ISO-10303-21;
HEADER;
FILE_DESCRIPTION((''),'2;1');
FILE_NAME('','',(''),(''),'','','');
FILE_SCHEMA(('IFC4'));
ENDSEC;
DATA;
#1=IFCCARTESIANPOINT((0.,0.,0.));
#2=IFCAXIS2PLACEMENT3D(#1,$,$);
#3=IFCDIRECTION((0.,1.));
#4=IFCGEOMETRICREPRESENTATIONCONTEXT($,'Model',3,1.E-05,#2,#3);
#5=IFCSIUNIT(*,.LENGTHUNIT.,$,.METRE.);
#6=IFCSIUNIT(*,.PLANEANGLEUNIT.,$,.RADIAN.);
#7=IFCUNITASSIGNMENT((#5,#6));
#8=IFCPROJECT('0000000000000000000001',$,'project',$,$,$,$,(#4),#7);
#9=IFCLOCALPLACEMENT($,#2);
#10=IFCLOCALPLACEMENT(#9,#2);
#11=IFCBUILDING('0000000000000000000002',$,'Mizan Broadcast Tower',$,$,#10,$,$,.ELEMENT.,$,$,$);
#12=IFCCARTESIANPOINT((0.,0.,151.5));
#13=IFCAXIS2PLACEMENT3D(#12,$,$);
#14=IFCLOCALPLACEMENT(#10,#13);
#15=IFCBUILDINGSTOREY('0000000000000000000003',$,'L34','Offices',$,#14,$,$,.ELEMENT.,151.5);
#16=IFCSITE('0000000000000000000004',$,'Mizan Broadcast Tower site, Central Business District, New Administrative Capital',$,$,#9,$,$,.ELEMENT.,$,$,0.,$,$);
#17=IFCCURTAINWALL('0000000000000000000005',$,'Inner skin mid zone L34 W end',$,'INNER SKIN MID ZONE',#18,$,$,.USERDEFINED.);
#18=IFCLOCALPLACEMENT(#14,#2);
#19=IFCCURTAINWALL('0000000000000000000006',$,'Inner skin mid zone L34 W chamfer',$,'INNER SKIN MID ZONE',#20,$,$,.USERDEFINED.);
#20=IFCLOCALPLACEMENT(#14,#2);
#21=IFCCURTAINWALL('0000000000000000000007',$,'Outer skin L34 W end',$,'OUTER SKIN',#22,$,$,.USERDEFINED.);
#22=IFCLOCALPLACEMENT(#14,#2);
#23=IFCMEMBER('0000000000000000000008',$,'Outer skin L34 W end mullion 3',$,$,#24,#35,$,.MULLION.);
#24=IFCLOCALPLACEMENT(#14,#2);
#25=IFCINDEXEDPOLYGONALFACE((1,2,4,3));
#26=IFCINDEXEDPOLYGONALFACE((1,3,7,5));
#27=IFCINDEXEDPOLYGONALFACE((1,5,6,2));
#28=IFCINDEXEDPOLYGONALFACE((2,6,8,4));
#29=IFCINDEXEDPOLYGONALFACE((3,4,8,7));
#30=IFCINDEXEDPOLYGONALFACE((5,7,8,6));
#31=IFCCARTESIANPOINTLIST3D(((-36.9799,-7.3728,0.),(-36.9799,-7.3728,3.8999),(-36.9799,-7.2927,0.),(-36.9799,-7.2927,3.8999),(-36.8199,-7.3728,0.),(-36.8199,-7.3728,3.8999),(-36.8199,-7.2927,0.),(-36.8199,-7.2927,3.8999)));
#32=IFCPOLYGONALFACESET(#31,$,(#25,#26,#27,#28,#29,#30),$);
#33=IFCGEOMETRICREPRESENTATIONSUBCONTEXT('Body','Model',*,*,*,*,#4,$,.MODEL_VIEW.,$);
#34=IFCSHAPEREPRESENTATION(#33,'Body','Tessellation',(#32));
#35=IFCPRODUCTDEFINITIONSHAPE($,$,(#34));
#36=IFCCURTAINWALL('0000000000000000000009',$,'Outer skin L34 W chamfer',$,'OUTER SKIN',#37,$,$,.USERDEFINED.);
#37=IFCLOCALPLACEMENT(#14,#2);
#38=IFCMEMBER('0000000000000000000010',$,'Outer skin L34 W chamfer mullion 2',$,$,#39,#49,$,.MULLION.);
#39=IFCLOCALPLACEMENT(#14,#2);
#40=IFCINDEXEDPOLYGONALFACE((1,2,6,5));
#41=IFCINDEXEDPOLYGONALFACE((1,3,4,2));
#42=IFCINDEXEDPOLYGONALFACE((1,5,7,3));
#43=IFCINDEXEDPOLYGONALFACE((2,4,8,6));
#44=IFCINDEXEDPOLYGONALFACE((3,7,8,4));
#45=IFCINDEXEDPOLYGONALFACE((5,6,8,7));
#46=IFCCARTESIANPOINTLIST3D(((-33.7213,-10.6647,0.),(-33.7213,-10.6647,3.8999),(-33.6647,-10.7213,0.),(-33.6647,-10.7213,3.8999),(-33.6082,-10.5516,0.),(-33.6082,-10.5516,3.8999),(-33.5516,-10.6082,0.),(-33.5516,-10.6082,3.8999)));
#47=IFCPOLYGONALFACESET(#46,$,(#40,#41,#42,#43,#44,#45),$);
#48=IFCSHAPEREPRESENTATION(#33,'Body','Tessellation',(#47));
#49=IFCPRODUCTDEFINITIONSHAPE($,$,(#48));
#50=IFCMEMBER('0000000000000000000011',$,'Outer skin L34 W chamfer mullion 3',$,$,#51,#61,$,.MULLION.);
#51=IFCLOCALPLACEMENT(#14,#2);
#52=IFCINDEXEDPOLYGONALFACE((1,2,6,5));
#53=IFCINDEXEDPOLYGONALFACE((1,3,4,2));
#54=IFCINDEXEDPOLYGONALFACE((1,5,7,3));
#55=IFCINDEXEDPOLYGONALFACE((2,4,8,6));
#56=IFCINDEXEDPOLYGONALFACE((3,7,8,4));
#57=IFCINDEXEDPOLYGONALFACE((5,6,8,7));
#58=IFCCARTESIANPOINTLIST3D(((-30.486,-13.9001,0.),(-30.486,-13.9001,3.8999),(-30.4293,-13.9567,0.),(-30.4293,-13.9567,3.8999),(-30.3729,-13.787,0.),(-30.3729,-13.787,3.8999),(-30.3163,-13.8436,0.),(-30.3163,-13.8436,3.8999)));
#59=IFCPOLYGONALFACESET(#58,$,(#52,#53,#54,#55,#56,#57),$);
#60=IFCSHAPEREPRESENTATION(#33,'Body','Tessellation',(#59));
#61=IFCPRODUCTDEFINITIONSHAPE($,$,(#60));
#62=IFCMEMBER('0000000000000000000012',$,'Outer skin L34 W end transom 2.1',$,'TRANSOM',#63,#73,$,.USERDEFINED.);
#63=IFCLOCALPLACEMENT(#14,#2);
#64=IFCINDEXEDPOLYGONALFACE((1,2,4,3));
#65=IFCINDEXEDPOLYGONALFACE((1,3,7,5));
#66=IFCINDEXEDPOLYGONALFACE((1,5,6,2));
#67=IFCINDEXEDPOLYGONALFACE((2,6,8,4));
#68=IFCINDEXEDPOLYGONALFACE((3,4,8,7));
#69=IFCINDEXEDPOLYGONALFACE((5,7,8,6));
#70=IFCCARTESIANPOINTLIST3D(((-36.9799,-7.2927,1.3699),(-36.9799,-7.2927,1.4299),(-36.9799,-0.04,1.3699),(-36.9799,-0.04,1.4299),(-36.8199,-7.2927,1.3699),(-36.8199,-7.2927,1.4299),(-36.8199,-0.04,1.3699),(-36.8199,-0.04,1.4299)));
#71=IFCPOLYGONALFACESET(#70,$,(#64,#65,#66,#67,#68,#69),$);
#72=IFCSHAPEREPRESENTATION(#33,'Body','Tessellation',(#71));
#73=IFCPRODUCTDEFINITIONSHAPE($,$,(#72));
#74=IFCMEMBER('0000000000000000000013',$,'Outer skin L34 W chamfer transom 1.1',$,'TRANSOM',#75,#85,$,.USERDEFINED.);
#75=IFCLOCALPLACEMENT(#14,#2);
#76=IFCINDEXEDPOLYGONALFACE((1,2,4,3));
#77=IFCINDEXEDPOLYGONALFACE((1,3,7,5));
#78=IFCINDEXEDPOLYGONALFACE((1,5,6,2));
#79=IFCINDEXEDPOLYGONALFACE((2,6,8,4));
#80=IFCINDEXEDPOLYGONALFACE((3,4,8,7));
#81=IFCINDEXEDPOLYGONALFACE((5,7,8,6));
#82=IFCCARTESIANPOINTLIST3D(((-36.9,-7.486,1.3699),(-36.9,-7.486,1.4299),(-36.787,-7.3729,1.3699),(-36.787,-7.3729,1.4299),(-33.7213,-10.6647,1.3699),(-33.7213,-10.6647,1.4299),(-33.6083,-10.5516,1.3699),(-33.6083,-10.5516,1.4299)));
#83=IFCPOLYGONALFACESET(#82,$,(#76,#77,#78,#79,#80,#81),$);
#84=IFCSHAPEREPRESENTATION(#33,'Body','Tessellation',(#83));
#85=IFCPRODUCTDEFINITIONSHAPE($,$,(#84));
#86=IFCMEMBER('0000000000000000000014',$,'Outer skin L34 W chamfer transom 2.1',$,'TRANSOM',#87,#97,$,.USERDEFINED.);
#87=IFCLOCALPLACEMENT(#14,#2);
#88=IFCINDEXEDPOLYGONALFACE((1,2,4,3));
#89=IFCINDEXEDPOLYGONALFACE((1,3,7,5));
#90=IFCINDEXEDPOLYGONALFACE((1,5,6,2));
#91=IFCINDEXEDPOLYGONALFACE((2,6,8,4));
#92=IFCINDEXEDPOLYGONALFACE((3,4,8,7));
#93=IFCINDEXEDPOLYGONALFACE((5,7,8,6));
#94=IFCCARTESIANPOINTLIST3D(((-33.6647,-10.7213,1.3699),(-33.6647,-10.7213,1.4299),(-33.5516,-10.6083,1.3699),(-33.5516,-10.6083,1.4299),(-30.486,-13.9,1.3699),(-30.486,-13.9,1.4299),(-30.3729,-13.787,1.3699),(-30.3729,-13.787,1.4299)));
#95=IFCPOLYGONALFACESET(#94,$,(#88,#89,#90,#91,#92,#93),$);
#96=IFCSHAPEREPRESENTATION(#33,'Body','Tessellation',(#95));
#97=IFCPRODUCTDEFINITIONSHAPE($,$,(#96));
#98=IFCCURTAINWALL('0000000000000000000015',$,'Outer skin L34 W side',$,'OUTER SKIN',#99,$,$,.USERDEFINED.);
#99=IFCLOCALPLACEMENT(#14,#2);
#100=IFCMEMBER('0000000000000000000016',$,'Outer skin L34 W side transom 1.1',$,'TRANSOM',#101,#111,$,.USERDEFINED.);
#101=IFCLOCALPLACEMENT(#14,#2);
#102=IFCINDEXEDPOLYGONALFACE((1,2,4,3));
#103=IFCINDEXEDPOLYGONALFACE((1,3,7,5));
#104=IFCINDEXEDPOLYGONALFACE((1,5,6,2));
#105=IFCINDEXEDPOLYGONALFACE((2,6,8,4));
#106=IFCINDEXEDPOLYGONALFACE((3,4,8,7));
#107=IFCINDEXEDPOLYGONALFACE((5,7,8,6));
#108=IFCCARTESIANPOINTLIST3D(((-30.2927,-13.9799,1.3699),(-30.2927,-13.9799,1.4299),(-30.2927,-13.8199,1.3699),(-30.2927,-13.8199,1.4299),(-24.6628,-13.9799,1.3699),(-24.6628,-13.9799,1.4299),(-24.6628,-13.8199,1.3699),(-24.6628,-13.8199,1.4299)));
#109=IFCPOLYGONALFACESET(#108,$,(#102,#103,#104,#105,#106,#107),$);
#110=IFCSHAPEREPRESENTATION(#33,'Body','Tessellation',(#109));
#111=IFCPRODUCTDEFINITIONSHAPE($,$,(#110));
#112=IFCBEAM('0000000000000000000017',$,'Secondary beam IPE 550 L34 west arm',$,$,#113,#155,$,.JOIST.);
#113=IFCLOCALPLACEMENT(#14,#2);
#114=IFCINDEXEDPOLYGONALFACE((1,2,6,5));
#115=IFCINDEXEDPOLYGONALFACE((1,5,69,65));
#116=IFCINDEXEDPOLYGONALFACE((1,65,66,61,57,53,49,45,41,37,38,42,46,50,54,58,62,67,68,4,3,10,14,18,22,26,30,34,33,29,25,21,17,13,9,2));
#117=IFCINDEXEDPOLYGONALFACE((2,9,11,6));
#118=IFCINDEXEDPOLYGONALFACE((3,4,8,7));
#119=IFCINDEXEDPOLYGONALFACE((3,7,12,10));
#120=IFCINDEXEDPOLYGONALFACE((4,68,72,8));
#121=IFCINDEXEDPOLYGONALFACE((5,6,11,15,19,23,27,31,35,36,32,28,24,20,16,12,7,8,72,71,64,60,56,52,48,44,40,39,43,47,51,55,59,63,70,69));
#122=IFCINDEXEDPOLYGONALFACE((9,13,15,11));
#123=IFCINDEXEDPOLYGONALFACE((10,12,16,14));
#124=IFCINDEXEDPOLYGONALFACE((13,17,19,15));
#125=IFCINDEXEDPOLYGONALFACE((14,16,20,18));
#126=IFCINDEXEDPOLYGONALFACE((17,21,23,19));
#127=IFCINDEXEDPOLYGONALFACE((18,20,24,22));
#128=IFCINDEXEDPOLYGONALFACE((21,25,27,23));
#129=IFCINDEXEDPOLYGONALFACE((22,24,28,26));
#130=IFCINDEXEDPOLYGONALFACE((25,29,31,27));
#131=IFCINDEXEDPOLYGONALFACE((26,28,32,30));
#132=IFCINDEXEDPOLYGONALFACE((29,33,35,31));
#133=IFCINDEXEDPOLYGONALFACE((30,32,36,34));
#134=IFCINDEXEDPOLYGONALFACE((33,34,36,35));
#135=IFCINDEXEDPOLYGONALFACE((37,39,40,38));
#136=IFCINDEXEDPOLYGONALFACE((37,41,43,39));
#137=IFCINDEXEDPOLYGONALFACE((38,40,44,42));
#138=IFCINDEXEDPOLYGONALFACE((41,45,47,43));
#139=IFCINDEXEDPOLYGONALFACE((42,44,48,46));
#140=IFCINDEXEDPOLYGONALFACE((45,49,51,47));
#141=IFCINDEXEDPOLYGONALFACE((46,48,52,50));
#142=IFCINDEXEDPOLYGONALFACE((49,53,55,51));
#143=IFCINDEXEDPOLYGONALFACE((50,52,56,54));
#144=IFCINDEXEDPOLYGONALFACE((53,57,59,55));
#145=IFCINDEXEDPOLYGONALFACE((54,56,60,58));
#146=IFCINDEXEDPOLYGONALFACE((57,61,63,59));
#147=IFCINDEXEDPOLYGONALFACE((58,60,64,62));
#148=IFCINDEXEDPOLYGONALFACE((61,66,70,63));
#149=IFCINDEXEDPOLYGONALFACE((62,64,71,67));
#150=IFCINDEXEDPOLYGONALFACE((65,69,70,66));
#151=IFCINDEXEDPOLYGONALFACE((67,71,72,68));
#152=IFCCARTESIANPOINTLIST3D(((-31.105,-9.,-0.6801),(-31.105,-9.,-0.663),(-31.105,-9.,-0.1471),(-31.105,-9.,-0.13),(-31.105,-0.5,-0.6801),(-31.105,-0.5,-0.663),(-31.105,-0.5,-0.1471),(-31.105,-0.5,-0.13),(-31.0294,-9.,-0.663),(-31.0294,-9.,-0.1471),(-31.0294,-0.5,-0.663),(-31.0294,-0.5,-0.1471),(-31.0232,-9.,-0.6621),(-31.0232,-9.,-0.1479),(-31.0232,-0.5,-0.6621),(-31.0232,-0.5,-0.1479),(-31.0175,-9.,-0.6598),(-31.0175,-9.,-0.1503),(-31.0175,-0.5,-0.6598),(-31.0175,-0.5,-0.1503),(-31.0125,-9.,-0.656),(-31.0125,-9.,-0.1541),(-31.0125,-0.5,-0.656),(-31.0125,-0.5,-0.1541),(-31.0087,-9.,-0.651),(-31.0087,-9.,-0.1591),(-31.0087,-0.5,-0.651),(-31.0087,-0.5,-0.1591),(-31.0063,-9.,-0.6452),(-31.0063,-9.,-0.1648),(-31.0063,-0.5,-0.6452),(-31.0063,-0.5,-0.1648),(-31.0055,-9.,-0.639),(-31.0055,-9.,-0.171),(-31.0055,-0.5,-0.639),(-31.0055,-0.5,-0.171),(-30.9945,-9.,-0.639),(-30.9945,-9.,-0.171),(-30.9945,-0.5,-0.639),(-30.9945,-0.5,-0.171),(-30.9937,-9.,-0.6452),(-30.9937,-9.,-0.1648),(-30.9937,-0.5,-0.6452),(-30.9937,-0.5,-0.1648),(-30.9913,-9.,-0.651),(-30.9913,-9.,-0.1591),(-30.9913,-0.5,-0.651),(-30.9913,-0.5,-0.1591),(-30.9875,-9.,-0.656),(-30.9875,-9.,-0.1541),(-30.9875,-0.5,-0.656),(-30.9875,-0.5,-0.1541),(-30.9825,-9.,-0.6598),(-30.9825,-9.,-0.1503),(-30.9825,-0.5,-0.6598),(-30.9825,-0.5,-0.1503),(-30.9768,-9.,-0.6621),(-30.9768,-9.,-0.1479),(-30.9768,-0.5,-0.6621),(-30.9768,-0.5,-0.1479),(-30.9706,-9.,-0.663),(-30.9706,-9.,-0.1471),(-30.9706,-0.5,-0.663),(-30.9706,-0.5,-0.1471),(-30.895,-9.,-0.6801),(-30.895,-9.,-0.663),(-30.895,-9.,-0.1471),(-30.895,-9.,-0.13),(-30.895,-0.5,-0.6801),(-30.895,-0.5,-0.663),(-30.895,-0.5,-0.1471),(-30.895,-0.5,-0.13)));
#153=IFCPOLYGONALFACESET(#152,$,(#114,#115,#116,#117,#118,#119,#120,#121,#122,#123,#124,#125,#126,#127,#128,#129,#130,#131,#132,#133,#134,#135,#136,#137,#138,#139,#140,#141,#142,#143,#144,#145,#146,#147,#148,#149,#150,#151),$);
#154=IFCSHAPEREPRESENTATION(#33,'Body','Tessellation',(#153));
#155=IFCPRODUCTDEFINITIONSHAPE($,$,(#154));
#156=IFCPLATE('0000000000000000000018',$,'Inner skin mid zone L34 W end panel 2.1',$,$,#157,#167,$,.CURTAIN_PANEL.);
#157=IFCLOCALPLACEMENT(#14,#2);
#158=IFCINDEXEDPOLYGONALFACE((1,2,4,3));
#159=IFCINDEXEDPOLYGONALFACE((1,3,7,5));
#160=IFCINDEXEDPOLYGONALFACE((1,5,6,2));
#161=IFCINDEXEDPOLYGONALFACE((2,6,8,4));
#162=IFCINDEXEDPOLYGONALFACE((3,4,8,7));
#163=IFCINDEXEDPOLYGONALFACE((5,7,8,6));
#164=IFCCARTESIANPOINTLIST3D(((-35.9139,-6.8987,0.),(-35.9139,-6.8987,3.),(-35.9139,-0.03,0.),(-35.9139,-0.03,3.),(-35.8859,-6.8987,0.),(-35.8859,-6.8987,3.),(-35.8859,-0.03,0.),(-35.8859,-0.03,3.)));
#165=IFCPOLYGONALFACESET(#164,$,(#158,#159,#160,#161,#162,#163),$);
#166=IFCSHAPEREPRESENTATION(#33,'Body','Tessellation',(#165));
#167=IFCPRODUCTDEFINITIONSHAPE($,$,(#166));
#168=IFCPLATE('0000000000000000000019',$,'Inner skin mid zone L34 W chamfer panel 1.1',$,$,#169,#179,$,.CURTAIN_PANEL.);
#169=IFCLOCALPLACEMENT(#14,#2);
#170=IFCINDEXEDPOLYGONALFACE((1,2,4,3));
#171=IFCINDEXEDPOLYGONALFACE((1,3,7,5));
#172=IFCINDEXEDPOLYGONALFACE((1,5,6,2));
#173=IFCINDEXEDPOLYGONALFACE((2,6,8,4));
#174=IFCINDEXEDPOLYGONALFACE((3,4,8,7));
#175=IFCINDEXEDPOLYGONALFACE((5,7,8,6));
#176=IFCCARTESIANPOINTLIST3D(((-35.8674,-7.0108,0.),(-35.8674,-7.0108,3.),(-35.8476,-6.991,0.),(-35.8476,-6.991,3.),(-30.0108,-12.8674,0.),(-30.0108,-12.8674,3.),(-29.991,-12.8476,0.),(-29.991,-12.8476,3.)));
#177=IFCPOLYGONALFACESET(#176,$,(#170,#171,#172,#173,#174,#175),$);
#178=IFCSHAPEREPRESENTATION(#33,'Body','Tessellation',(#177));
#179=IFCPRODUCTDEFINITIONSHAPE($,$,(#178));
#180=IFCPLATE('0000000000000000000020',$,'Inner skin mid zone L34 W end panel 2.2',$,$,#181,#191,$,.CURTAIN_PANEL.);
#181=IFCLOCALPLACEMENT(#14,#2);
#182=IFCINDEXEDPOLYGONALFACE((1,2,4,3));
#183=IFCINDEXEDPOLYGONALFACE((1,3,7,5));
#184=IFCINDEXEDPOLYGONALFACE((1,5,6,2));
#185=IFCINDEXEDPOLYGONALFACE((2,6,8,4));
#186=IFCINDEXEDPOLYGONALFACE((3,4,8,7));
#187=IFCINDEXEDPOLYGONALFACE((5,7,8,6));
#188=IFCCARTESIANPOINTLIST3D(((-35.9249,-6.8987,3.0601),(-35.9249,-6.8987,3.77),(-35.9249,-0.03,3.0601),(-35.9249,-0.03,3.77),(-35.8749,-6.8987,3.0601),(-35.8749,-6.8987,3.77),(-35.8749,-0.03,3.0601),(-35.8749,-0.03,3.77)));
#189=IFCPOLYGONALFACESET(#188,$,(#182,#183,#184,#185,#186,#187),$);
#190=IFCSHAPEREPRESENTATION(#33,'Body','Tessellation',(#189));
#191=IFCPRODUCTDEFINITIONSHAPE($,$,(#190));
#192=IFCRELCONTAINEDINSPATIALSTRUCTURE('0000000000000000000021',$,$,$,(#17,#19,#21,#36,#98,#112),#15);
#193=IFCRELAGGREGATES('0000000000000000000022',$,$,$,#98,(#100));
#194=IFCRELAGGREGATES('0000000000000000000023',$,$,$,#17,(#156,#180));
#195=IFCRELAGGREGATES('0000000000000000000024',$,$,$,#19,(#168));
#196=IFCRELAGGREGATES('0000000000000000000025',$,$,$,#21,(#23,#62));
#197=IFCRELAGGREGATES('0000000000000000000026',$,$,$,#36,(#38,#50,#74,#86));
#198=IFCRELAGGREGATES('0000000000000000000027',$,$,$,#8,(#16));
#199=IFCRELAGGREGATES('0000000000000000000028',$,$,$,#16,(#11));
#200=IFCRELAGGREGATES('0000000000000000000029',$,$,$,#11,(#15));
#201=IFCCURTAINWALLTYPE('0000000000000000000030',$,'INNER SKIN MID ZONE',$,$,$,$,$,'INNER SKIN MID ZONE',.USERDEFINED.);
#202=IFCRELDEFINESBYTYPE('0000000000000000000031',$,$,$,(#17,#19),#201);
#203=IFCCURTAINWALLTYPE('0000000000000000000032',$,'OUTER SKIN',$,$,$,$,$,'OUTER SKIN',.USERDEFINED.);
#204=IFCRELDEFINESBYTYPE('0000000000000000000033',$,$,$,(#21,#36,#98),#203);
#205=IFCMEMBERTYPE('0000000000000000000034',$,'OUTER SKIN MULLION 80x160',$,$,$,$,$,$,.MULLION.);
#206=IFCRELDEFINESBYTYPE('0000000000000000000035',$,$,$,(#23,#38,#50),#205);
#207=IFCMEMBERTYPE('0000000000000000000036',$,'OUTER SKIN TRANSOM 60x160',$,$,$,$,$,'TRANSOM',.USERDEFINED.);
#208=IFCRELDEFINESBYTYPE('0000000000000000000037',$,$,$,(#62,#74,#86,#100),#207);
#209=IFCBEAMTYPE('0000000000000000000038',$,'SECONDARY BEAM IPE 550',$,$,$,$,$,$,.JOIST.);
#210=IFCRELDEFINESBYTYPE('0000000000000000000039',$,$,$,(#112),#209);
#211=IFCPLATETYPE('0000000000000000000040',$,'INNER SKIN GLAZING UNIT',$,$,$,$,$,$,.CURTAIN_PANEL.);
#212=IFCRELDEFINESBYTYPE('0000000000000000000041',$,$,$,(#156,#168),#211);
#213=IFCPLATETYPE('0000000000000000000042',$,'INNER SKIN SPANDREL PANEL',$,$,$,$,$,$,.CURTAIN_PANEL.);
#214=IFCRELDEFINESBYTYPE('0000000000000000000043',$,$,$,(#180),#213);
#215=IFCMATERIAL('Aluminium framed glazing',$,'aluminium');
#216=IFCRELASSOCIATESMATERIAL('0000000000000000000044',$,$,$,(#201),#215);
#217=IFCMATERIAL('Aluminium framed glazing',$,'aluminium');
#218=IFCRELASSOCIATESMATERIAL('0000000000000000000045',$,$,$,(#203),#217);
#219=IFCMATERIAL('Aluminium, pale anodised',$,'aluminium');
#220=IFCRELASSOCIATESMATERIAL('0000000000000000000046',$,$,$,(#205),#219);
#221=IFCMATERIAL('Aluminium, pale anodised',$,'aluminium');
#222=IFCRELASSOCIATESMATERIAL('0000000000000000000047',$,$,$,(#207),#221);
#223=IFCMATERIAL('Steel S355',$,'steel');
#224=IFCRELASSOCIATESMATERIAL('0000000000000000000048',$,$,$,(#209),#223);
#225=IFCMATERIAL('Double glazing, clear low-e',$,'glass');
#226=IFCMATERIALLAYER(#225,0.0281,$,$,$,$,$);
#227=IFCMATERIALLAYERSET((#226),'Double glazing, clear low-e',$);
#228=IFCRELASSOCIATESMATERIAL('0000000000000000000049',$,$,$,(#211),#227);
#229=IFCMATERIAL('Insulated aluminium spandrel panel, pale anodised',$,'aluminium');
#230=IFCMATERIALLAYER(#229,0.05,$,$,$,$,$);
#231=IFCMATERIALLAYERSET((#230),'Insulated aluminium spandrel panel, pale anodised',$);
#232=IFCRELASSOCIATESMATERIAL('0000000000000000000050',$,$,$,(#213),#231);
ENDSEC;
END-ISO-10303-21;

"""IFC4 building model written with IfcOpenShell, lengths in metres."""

from ifc_helpers import new_model, si_unit, direction, frame, origin, origin_2d, place, context, subcontext, project, spatial, rectangle, i_section, extrude, material, layer, layer_set, material_profile, profile_set, type_object, element, aggregate, save


model = new_model("IFC4")

# Units and contexts
model_context = context("Model", 3, precision=1e-05, world=origin(), true_north=direction((0.0, 1.0)))
body_context = subcontext(model_context, "Body", "Model", "MODEL_VIEW")
ifc_project = project(units=[si_unit("LENGTHUNIT", "METRE"), si_unit("PLANEANGLEUNIT", "RADIAN")], contexts=[model_context])

# Site, building, storey
site_placement = place(None, origin())
site = spatial("IfcSite", under=ifc_project, at=site_placement, Name="Mizan Broadcast Tower site, Central Business District, New Administrative Capital", CompositionType="ELEMENT", RefElevation=0.0)
building_placement = place(site_placement, origin())
building = spatial("IfcBuilding", under=site, at=building_placement, Name="Mizan Broadcast Tower", CompositionType="ELEMENT")
storey_placement = place(building_placement, frame((0.0, 0.0, 151.5)))
storey = spatial("IfcBuildingStorey", under=building, at=storey_placement, Name="L34", Description="Offices", CompositionType="ELEMENT", Elevation=151.5)

# Curtain wall
ifc_material_1 = material(Name="Aluminium framed glazing", Category="aluminium")
curtain_wall_type_1 = type_object("IfcCurtainWallType", Name="INNER SKIN MID ZONE", ElementType="INNER SKIN MID ZONE", PredefinedType="USERDEFINED", material=ifc_material_1)
curtain_wall_1_placement = place(storey_placement, origin())
curtain_wall_1 = element("IfcCurtainWall", 1, at=curtain_wall_1_placement, inside=storey, type_object=curtain_wall_type_1, Name="Inner skin mid zone L34 W end", ObjectType="INNER SKIN MID ZONE", PredefinedType="USERDEFINED")

# Curtain wall
curtain_wall_2_placement = place(storey_placement, origin())
curtain_wall_2 = element("IfcCurtainWall", 2, at=curtain_wall_2_placement, inside=storey, type_object=curtain_wall_type_1, Name="Inner skin mid zone L34 W chamfer", ObjectType="INNER SKIN MID ZONE", PredefinedType="USERDEFINED")

# Curtain walls, members
ifc_material_2 = material(Name="Aluminium framed glazing", Category="aluminium")
curtain_wall_type_2 = type_object("IfcCurtainWallType", Name="OUTER SKIN", ElementType="OUTER SKIN", PredefinedType="USERDEFINED", material=ifc_material_2)
curtain_wall_3_placement = place(storey_placement, origin())
curtain_wall_3 = element("IfcCurtainWall", 3, at=curtain_wall_3_placement, inside=storey, type_object=curtain_wall_type_2, Name="Outer skin L34 W end", ObjectType="OUTER SKIN", PredefinedType="USERDEFINED")
ifc_material_3 = material(Name="Aluminium, pale anodised", Category="aluminium")
ifc_material_profile_1 = material_profile(ifc_material_3, rectangle(XDim=0.1599, YDim=0.0801, at=origin_2d()), Name="MULLION 160x80")
ifc_profile_set_1 = profile_set([ifc_material_profile_1], Name="Aluminium, pale anodised")
member_type_1 = type_object("IfcMemberType", Name="OUTER SKIN MULLION 80x160", PredefinedType="MULLION", material=ifc_profile_set_1)
member_1_placement = place(storey_placement, frame((-36.8999, -7.3328, 0.0), z_axis=(0.0, 0.0, 1.0), x_axis=(1.0, 0.0, 0.0)))
member_1 = element("IfcMember", 4, at=member_1_placement, type_object=member_type_1, Name="Outer skin L34 W end mullion 3", PredefinedType="MULLION", context=body_context, shape_type="SweptSolid", body=[
    extrude(rectangle(XDim=0.1599, YDim=0.0801, at=origin_2d()), origin(), (0.0, 0.0, 1.0), 3.8999),
])
curtain_wall_4_placement = place(storey_placement, origin())
curtain_wall_4 = element("IfcCurtainWall", 5, at=curtain_wall_4_placement, inside=storey, type_object=curtain_wall_type_2, Name="Outer skin L34 W chamfer", ObjectType="OUTER SKIN", PredefinedType="USERDEFINED")
member_2_placement = place(storey_placement, frame((-33.6365, -10.6365, 0.0), z_axis=(0.0, 0.0, 1.0), x_axis=(0.707107, 0.707107, 0.0)))
member_2 = element("IfcMember", 6, at=member_2_placement, type_object=member_type_1, Name="Outer skin L34 W chamfer mullion 2", PredefinedType="MULLION", context=body_context, shape_type="SweptSolid", body=[
    extrude(rectangle(XDim=0.1599, YDim=0.0801, at=origin_2d()), origin(), (0.0, 0.0, 1.0), 3.8999),
])
member_3_placement = place(storey_placement, frame((-30.4011, -13.8718, 0.0), z_axis=(0.0, 0.0, 1.0), x_axis=(0.707107, 0.707107, 0.0)))
member_3 = element("IfcMember", 7, at=member_3_placement, type_object=member_type_1, Name="Outer skin L34 W chamfer mullion 3", PredefinedType="MULLION", context=body_context, shape_type="SweptSolid", body=[
    extrude(rectangle(XDim=0.1599, YDim=0.0801, at=origin_2d()), origin(), (0.0, 0.0, 1.0), 3.8999),
])

# Members
ifc_material_4 = material(Name="Aluminium, pale anodised", Category="aluminium")
ifc_material_profile_2 = material_profile(ifc_material_4, rectangle(XDim=0.1599, YDim=0.0601, at=origin_2d()), Name="TRANSOM 160x60")
ifc_profile_set_2 = profile_set([ifc_material_profile_2], Name="Aluminium, pale anodised")
member_type_2 = type_object("IfcMemberType", Name="OUTER SKIN TRANSOM 60x160", ElementType="TRANSOM", PredefinedType="USERDEFINED", material=ifc_profile_set_2)
member_4_placement = place(storey_placement, frame((-36.8999, -0.04, 1.3999), z_axis=(0.0, -1.0, 0.0), x_axis=(1.0, 0.0, 0.0)))
member_4 = element("IfcMember", 8, at=member_4_placement, type_object=member_type_2, Name="Outer skin L34 W end transom 2.1", ObjectType="TRANSOM", PredefinedType="USERDEFINED", context=body_context, shape_type="SweptSolid", body=[
    extrude(rectangle(XDim=0.1599, YDim=0.0601, at=origin_2d()), origin(), (0.0, 0.0, 1.0), 7.2527),
])
member_5_placement = place(storey_placement, frame((-36.8435, -7.4294, 1.3999), z_axis=(0.707107, -0.707107, 0.0), x_axis=(0.707107, 0.707107, 0.0)))
member_5 = element("IfcMember", 9, at=member_5_placement, type_object=member_type_2, Name="Outer skin L34 W chamfer transom 1.1", ObjectType="TRANSOM", PredefinedType="USERDEFINED", context=body_context, shape_type="SweptSolid", body=[
    extrude(rectangle(XDim=0.1599, YDim=0.0601, at=origin_2d()), origin(), (0.0, 0.0, 1.0), 4.4954),
])
member_6_placement = place(storey_placement, frame((-33.6082, -10.6648, 1.3999), z_axis=(0.707107, -0.707107, 0.0), x_axis=(0.707107, 0.707107, 0.0)))
member_6 = element("IfcMember", 10, at=member_6_placement, type_object=member_type_2, Name="Outer skin L34 W chamfer transom 2.1", ObjectType="TRANSOM", PredefinedType="USERDEFINED", context=body_context, shape_type="SweptSolid", body=[
    extrude(rectangle(XDim=0.1599, YDim=0.0601, at=origin_2d()), origin(), (0.0, 0.0, 1.0), 4.4954),
])

# Curtain wall, member
curtain_wall_5_placement = place(storey_placement, origin())
curtain_wall_5 = element("IfcCurtainWall", 11, at=curtain_wall_5_placement, inside=storey, type_object=curtain_wall_type_2, Name="Outer skin L34 W side", ObjectType="OUTER SKIN", PredefinedType="USERDEFINED")
member_7_placement = place(storey_placement, frame((-30.2927, -13.8999, 1.3999), z_axis=(1.0, 0.0, 0.0), x_axis=(0.0, 1.0, 0.0)))
member_7 = element("IfcMember", 12, at=member_7_placement, type_object=member_type_2, Name="Outer skin L34 W side transom 1.1", ObjectType="TRANSOM", PredefinedType="USERDEFINED", context=body_context, shape_type="SweptSolid", body=[
    extrude(rectangle(XDim=0.1599, YDim=0.0601, at=origin_2d()), origin(), (0.0, 0.0, 1.0), 5.6299),
])
aggregate(curtain_wall_5, [member_7])

# Beam
ifc_material_5 = material(Name="Steel S355", Category="steel")
ifc_material_profile_3 = material_profile(ifc_material_5, i_section(OverallWidth=0.21, OverallDepth=0.55, WebThickness=0.011, FlangeThickness=0.0171, FilletRadius=0.0239, at=origin_2d()), Name="IPE 550")
ifc_profile_set_3 = profile_set([ifc_material_profile_3], Name="Steel S355")
beam_type_1 = type_object("IfcBeamType", Name="SECONDARY BEAM IPE 550", PredefinedType="JOIST", material=ifc_profile_set_3)
beam_1_placement = place(storey_placement, frame((-31.0, -9.0, -0.405), z_axis=(0.0, 1.0, 0.0), x_axis=(-1.0, 0.0, 0.0)))
element("IfcBeam", 13, at=beam_1_placement, inside=storey, type_object=beam_type_1, Name="Secondary beam IPE 550 L34 west arm", PredefinedType="JOIST", context=body_context, shape_type="SweptSolid", body=[
    extrude(i_section(OverallWidth=0.21, OverallDepth=0.55, WebThickness=0.011, FlangeThickness=0.0171, FilletRadius=0.0239, at=origin_2d()), origin(), (0.0, 0.0, 1.0), 8.5),
])

# Plates
ifc_material_6 = material(Name="Double glazing, clear low-e", Category="glass")
ifc_layer_1 = layer(ifc_material_6, 0.0281)
ifc_layer_set_1 = layer_set([ifc_layer_1], Name="Double glazing, clear low-e")
plate_type_1 = type_object("IfcPlateType", Name="INNER SKIN GLAZING UNIT", PredefinedType="CURTAIN_PANEL", material=ifc_layer_set_1)
plate_1_placement = place(storey_placement, frame((-35.8999, -3.4644, 0.0), z_axis=(0.0, 0.0, 1.0), x_axis=(0.0, -1.0, 0.0)))
plate_1 = element("IfcPlate", 14, at=plate_1_placement, type_object=plate_type_1, Name="Inner skin mid zone L34 W end panel 2.1", PredefinedType="CURTAIN_PANEL", context=body_context, shape_type="SweptSolid", body=[
    extrude(rectangle(XDim=6.8687, YDim=0.0281, at=origin_2d()), origin(), (0.0, 0.0, 1.0), 3.0),
])
plate_2_placement = place(storey_placement, frame((-32.9292, -9.9292, 0.0), z_axis=(0.0, 0.0, 1.0), x_axis=(0.707107, -0.707107, 0.0)))
plate_2 = element("IfcPlate", 15, at=plate_2_placement, type_object=plate_type_1, Name="Inner skin mid zone L34 W chamfer panel 1.1", PredefinedType="CURTAIN_PANEL", context=body_context, shape_type="SweptSolid", body=[
    extrude(rectangle(XDim=8.2825, YDim=0.0281, at=origin_2d()), origin(), (0.0, 0.0, 1.0), 3.0),
])
ifc_material_7 = material(Name="Insulated aluminium spandrel panel, pale anodised", Category="aluminium")
ifc_layer_2 = layer(ifc_material_7, 0.05)
ifc_layer_set_2 = layer_set([ifc_layer_2], Name="Insulated aluminium spandrel panel, pale anodised")
plate_type_2 = type_object("IfcPlateType", Name="INNER SKIN SPANDREL PANEL", PredefinedType="CURTAIN_PANEL", material=ifc_layer_set_2)
plate_3_placement = place(storey_placement, frame((-35.8999, -3.4644, 3.0601), z_axis=(0.0, 0.0, 1.0), x_axis=(0.0, -1.0, 0.0)))
plate_3 = element("IfcPlate", 16, at=plate_3_placement, type_object=plate_type_2, Name="Inner skin mid zone L34 W end panel 2.2", PredefinedType="CURTAIN_PANEL", context=body_context, shape_type="SweptSolid", body=[
    extrude(rectangle(XDim=6.8687, YDim=0.05, at=origin_2d()), origin(), (0.0, 0.0, 1.0), 0.71),
])
aggregate(curtain_wall_1, [plate_1, plate_3])
aggregate(curtain_wall_2, [plate_2])
aggregate(curtain_wall_3, [member_1, member_4])
aggregate(curtain_wall_4, [member_2, member_3, member_5, member_6])

save(model, "model.ifc")
